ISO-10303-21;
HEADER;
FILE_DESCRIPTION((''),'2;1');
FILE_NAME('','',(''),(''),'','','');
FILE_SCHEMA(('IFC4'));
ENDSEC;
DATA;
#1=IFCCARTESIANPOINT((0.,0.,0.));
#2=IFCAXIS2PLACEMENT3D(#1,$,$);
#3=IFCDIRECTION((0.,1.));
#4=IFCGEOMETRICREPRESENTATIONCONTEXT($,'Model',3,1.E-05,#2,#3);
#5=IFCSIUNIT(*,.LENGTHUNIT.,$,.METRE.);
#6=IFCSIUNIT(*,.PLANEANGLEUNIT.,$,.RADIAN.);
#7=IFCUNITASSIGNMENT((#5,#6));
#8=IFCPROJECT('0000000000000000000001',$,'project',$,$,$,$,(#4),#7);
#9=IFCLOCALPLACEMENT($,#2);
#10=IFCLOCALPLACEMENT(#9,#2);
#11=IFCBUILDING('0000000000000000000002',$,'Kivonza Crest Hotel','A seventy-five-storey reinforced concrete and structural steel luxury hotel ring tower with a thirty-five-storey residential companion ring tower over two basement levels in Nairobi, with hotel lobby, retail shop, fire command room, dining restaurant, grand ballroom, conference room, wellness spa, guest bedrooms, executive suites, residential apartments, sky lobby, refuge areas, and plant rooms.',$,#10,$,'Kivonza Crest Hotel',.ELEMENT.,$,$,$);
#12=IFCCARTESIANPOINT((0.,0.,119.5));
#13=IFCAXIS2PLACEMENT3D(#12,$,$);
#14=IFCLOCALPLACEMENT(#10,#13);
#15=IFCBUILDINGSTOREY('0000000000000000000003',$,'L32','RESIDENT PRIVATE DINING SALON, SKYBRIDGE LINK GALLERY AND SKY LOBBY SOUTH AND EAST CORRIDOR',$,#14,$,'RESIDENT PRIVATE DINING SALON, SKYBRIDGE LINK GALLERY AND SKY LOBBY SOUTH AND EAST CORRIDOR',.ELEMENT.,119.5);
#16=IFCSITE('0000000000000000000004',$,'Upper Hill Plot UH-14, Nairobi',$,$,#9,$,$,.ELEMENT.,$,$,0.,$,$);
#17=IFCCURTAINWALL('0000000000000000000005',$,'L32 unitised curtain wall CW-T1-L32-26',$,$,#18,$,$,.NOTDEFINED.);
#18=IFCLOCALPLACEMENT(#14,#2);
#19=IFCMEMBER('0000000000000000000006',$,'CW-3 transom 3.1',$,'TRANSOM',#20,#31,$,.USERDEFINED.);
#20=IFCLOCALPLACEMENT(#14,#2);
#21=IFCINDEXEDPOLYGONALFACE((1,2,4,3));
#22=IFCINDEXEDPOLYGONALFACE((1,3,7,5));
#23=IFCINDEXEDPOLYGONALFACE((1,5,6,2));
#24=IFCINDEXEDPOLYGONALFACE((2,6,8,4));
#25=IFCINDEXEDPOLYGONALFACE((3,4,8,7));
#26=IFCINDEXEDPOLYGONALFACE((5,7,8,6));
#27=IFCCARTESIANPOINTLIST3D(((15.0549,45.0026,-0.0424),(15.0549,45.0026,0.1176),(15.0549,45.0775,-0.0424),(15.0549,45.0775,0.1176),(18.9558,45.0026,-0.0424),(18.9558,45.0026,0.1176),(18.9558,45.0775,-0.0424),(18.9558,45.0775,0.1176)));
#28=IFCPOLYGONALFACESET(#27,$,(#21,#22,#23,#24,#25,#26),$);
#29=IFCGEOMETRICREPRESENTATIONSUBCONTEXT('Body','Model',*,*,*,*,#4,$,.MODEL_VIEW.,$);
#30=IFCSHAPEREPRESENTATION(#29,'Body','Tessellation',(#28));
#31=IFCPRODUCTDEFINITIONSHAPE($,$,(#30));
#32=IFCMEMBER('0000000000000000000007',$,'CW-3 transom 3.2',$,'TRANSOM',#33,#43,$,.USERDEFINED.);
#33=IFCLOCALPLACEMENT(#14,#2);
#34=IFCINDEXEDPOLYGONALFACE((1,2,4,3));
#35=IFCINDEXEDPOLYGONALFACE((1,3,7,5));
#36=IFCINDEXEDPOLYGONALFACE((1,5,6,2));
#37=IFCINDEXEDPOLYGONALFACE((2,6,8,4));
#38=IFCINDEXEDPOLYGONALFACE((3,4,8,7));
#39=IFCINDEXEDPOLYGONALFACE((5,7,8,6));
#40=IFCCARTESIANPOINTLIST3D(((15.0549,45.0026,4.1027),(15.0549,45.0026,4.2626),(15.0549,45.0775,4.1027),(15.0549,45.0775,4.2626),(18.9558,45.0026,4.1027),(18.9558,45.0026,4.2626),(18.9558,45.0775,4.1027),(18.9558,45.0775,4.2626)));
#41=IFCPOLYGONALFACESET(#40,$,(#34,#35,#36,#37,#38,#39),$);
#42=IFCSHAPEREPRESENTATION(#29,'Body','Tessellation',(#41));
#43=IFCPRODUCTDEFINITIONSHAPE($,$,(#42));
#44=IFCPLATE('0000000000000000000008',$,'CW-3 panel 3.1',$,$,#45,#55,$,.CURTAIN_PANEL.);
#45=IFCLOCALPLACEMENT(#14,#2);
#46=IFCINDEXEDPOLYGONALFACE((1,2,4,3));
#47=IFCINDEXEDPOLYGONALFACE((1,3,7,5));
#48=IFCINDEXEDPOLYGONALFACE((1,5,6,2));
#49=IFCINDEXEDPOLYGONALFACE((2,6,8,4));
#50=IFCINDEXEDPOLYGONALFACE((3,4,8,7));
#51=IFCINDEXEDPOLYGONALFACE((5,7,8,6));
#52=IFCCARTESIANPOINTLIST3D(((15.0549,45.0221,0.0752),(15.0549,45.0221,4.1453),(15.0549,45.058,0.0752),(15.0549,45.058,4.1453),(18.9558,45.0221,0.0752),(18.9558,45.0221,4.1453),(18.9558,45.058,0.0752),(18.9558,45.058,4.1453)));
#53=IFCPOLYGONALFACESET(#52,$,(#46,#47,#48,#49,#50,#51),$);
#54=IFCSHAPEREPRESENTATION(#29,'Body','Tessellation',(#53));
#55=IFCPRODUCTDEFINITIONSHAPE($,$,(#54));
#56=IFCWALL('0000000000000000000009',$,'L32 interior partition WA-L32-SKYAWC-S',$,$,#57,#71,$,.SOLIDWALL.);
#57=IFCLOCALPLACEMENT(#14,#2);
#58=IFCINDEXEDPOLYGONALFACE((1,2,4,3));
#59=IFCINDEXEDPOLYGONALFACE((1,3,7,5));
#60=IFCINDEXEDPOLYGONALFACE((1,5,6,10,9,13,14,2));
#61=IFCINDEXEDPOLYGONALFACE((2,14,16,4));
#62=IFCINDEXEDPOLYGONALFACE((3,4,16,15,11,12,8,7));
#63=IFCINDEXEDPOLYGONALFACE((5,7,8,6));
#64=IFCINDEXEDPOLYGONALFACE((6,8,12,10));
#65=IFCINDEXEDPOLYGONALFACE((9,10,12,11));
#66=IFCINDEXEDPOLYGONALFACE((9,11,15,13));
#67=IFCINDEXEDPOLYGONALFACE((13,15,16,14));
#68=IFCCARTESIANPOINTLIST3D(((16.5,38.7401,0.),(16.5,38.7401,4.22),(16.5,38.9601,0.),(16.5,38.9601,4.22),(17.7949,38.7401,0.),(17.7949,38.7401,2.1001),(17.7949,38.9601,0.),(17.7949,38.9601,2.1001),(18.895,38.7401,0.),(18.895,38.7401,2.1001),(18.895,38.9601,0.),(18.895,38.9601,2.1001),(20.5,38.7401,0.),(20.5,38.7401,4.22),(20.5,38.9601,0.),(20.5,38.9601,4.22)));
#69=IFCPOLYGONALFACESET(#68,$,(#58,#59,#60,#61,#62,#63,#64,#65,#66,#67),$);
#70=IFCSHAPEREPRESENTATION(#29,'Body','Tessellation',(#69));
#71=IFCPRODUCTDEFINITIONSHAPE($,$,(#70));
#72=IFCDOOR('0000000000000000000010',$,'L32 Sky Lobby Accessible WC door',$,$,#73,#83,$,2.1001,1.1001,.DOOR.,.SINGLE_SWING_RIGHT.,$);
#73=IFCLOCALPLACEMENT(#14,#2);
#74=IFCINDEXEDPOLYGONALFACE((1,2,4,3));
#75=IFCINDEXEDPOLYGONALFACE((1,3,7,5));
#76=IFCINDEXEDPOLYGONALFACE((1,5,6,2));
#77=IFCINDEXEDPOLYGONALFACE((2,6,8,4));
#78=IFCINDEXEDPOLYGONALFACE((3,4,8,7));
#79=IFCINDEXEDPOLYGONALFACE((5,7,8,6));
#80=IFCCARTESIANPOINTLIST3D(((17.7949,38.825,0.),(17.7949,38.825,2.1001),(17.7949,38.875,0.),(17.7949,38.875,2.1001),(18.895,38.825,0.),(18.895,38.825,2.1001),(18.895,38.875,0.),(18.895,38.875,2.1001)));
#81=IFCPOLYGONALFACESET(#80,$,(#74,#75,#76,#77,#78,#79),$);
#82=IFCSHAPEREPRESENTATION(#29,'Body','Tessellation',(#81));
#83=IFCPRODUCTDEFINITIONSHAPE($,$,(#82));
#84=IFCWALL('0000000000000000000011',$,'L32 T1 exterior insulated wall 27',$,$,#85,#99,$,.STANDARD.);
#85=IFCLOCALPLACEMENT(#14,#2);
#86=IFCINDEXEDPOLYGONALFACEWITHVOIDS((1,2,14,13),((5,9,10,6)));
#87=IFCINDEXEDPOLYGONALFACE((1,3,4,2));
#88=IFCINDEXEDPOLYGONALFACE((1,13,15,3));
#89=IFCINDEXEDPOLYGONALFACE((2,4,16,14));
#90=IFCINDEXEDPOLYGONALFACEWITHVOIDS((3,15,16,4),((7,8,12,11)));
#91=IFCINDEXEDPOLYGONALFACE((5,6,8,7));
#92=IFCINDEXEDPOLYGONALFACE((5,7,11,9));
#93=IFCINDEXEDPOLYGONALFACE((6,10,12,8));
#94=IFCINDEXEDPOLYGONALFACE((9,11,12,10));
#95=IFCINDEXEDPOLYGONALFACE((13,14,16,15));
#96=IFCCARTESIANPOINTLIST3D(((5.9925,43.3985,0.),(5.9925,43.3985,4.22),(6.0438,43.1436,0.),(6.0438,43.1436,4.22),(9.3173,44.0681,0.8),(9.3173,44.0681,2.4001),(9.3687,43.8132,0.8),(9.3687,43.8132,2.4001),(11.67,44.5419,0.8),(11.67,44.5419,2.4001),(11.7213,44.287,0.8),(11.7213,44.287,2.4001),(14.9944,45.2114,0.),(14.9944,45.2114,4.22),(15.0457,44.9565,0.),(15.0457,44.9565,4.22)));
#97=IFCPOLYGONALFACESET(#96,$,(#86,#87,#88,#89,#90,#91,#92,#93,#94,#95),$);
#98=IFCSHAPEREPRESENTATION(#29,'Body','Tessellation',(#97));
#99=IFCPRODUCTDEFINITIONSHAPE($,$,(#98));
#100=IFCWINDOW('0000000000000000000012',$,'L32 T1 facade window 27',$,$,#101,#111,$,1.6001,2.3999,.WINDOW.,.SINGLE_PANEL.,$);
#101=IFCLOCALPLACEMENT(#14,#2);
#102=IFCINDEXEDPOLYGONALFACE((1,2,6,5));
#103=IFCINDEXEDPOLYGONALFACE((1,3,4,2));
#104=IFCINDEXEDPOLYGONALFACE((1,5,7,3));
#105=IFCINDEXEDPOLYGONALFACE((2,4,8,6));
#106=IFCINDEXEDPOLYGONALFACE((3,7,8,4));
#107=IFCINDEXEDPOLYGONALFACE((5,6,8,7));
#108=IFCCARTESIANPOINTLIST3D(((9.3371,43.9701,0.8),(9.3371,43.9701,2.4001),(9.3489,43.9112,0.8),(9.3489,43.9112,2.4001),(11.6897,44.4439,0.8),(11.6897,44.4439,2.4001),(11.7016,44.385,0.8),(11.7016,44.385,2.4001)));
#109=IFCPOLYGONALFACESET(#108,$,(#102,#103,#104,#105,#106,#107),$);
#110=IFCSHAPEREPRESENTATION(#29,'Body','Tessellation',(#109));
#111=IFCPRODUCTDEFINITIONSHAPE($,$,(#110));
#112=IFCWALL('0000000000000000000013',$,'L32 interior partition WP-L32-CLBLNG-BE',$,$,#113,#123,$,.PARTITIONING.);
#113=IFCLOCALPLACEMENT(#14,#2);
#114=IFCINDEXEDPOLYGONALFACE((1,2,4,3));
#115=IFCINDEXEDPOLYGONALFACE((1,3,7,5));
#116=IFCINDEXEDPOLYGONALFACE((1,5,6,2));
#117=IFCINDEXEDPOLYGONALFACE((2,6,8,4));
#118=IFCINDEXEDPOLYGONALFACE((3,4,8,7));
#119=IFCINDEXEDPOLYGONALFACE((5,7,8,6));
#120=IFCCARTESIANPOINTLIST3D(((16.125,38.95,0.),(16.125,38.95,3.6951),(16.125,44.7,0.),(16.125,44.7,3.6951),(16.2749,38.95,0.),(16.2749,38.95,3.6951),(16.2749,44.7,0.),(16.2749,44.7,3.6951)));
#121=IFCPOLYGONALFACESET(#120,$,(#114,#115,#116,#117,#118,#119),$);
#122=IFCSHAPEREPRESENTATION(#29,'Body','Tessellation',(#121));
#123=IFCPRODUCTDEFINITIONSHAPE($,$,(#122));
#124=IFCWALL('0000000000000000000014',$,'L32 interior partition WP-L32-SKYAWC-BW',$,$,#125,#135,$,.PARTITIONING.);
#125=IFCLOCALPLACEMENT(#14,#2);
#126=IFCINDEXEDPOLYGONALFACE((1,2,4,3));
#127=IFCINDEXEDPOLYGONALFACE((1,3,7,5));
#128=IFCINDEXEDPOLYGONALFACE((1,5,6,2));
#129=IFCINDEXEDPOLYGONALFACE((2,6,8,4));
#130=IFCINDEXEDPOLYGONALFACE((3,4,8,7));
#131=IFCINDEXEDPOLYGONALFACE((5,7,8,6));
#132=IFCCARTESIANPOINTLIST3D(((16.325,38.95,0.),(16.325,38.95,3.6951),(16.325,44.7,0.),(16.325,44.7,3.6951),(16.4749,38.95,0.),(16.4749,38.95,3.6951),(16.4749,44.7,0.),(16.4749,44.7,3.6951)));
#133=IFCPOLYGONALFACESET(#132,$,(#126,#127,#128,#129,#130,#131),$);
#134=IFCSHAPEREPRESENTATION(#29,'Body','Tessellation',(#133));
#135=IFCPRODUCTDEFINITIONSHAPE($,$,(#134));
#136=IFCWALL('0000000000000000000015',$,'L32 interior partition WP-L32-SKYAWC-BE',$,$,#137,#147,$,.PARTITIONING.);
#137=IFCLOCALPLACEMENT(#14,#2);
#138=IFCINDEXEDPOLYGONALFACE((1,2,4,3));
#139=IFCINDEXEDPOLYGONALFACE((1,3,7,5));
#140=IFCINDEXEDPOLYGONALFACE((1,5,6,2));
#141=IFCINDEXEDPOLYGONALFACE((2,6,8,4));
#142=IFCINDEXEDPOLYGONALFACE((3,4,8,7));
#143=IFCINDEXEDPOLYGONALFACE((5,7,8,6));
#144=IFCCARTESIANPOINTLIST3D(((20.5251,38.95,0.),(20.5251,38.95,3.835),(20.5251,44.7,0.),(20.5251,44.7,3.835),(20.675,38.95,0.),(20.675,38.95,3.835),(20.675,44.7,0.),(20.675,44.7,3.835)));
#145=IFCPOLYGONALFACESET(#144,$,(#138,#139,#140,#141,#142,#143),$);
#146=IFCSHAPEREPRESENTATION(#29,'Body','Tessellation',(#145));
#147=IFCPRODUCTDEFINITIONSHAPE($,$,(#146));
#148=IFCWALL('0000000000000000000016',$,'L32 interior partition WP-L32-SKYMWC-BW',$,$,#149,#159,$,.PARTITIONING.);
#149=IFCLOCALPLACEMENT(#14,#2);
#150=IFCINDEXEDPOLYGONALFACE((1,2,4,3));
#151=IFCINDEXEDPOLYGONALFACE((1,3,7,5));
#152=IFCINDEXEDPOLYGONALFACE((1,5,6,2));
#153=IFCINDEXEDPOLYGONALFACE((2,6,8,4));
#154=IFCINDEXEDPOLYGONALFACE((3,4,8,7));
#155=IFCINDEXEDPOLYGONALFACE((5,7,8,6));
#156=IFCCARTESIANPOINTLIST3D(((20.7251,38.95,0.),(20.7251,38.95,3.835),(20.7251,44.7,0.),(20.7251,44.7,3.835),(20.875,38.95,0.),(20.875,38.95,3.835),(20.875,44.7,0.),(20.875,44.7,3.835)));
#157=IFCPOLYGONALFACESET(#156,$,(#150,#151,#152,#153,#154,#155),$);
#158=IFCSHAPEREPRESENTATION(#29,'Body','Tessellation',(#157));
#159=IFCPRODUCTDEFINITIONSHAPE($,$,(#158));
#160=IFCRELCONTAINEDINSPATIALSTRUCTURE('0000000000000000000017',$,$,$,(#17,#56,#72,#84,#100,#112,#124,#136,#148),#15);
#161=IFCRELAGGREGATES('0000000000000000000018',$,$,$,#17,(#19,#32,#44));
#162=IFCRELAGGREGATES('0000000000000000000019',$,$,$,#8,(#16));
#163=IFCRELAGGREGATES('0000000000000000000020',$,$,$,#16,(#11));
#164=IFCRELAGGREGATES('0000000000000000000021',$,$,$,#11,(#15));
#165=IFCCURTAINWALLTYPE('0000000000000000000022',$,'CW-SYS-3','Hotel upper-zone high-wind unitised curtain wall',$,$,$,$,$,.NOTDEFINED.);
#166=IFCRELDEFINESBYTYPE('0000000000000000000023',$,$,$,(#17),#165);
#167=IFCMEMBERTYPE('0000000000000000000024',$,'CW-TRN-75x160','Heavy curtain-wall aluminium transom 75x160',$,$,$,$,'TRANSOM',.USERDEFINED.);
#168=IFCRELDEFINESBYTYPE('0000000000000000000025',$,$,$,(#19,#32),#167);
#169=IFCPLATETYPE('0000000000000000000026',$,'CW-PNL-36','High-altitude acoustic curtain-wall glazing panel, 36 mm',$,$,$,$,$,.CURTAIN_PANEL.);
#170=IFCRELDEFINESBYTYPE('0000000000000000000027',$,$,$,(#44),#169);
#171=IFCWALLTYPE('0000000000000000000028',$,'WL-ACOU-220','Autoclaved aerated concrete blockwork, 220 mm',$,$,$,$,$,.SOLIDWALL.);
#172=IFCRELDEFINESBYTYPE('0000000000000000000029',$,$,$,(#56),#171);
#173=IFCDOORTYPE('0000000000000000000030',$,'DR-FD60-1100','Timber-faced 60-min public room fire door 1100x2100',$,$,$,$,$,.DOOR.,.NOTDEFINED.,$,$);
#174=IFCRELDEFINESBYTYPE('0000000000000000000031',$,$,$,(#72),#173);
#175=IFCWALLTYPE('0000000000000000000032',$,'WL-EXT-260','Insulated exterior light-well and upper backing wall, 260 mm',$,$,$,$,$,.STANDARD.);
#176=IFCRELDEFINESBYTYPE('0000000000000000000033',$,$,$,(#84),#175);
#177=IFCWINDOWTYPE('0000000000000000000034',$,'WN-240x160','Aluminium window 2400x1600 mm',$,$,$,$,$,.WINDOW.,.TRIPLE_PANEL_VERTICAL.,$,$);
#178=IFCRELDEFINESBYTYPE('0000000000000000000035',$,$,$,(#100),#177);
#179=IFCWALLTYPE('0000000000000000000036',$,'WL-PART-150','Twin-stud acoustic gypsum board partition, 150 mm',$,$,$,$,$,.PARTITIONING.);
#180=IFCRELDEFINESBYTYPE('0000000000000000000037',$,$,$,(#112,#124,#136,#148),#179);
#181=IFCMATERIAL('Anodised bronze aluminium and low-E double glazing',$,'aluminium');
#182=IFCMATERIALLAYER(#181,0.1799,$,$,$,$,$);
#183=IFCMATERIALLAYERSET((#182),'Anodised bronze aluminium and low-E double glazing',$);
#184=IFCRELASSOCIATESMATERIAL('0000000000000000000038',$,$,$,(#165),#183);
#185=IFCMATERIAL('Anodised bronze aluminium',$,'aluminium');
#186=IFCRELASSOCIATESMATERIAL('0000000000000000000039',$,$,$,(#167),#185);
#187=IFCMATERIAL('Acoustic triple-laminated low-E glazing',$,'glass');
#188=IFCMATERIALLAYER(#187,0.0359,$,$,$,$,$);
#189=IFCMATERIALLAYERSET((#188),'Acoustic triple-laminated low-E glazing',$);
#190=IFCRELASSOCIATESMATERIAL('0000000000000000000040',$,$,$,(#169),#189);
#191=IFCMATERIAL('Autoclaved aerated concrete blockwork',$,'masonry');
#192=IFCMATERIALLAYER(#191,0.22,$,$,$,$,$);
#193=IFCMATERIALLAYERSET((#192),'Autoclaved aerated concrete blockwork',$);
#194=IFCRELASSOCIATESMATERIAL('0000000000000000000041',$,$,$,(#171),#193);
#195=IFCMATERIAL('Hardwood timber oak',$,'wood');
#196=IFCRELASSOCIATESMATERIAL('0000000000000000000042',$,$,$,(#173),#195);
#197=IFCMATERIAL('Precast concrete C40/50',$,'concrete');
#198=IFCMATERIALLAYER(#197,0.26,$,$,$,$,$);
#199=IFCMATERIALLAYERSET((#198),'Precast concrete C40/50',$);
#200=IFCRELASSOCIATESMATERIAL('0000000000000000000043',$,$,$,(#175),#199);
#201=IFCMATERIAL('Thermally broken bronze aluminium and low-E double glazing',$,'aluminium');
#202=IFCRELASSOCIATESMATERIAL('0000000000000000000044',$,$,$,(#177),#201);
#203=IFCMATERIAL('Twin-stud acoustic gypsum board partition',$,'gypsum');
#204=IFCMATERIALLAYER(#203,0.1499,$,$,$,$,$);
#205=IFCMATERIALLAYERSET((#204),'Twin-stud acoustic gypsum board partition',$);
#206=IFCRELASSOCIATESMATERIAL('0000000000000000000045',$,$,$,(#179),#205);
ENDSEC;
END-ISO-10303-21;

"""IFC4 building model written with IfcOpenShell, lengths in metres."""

from ifc_helpers import new_model, si_unit, direction, frame, frame_2d, origin, origin_2d, place, context, subcontext, project, spatial, rectangle, extrude, material, layer, layer_set, material_profile, profile_set, type_object, element, fill, aggregate, save


model = new_model("IFC4")

# Units and contexts
model_context = context("Model", 3, precision=1e-05, world=origin(), true_north=direction((0.0, 1.0)))
body_context = subcontext(model_context, "Body", "Model", "MODEL_VIEW")
ifc_project = project(units=[si_unit("LENGTHUNIT", "METRE"), si_unit("PLANEANGLEUNIT", "RADIAN")], contexts=[model_context])

# Site, building, storey
site_placement = place(None, origin())
site = spatial("IfcSite", under=ifc_project, at=site_placement, Name="Upper Hill Plot UH-14, Nairobi", CompositionType="ELEMENT", RefElevation=0.0)
building_placement = place(site_placement, origin())
building = spatial("IfcBuilding", under=site, at=building_placement, Name="Kivonza Crest Hotel", Description="A seventy-five-storey reinforced concrete and structural steel luxury hotel ring tower with a thirty-five-storey residential companion ring tower over two basement levels in Nairobi, with hotel lobby, retail shop, fire command room, dining restaurant, grand ballroom, conference room, wellness spa, guest bedrooms, executive suites, residential apartments, sky lobby, refuge areas, and plant rooms.", LongName="Kivonza Crest Hotel", CompositionType="ELEMENT")
storey_placement = place(building_placement, frame((0.0, 0.0, 119.5)))
storey = spatial("IfcBuildingStorey", under=building, at=storey_placement, Name="L32", Description="RESIDENT PRIVATE DINING SALON, SKYBRIDGE LINK GALLERY AND SKY LOBBY SOUTH AND EAST CORRIDOR", LongName="RESIDENT PRIVATE DINING SALON, SKYBRIDGE LINK GALLERY AND SKY LOBBY SOUTH AND EAST CORRIDOR", CompositionType="ELEMENT", Elevation=119.5)

# Curtain wall, members, plate
ifc_material_1 = material(Name="Anodised bronze aluminium and low-E double glazing", Category="aluminium")
ifc_layer_1 = layer(ifc_material_1, 0.1799)
ifc_layer_set_1 = layer_set([ifc_layer_1], Name="Anodised bronze aluminium and low-E double glazing")
curtain_wall_type = type_object("IfcCurtainWallType", Name="CW-SYS-3", Description="Hotel upper-zone high-wind unitised curtain wall", PredefinedType="NOTDEFINED", material=ifc_layer_set_1)
curtain_wall_placement = place(storey_placement, origin())
curtain_wall = element("IfcCurtainWall", 1, at=curtain_wall_placement, inside=storey, type_object=curtain_wall_type, Name="L32 unitised curtain wall CW-T1-L32-26", PredefinedType="NOTDEFINED")
ifc_material_2 = material(Name="Anodised bronze aluminium", Category="aluminium")
ifc_material_profile_1 = material_profile(ifc_material_2, rectangle(XDim=0.075, YDim=0.1599, at=origin_2d()), Name="CW-T 75x160")
ifc_profile_set_1 = profile_set([ifc_material_profile_1], Name="Anodised bronze aluminium")
member_type_1 = type_object("IfcMemberType", Name="CW-TRN-75x160", Description="Heavy curtain-wall aluminium transom 75x160", ElementType="TRANSOM", PredefinedType="USERDEFINED", material=ifc_profile_set_1)
member_1_placement = place(storey_placement, frame((18.9558, 45.04, 0.0376), z_axis=(-1.0, 0.0, 0.0), x_axis=(0.0, -1.0, 0.0)))
member_1 = element("IfcMember", 2, at=member_1_placement, type_object=member_type_1, Name="CW-3 transom 3.1", ObjectType="TRANSOM", PredefinedType="USERDEFINED", context=body_context, shape_type="SweptSolid", body=[
    extrude(rectangle(XDim=0.075, YDim=0.1599, at=origin_2d()), origin(), (0.0, 0.0, 1.0), 3.9009),
])
member_2_placement = place(storey_placement, frame((18.9558, 45.04, 4.1826), z_axis=(-1.0, 0.0, 0.0), x_axis=(0.0, -1.0, 0.0)))
member_2 = element("IfcMember", 3, at=member_2_placement, type_object=member_type_1, Name="CW-3 transom 3.2", ObjectType="TRANSOM", PredefinedType="USERDEFINED", context=body_context, shape_type="SweptSolid", body=[
    extrude(rectangle(XDim=0.075, YDim=0.1599, at=origin_2d()), origin(), (0.0, 0.0, 1.0), 3.9009),
])
ifc_material_3 = material(Name="Acoustic triple-laminated low-E glazing", Category="glass")
ifc_layer_2 = layer(ifc_material_3, 0.0359)
ifc_layer_set_2 = layer_set([ifc_layer_2], Name="Acoustic triple-laminated low-E glazing")
plate_type = type_object("IfcPlateType", Name="CW-PNL-36", Description="High-altitude acoustic curtain-wall glazing panel, 36 mm", PredefinedType="CURTAIN_PANEL", material=ifc_layer_set_2)
plate_placement = place(storey_placement, frame((17.0054, 45.04, 0.0752), z_axis=(0.0, 0.0, 1.0), x_axis=(-1.0, 0.0, 0.0)))
plate = element("IfcPlate", 4, at=plate_placement, type_object=plate_type, Name="CW-3 panel 3.1", PredefinedType="CURTAIN_PANEL", context=body_context, shape_type="SweptSolid", body=[
    extrude(rectangle(XDim=3.9009, YDim=0.0359, at=origin_2d()), origin(), (0.0, 0.0, 1.0), 4.0701),
])
aggregate(curtain_wall, [member_1, member_2, plate])

# Wall, opening, door
ifc_material_4 = material(Name="Autoclaved aerated concrete blockwork", Category="masonry")
ifc_layer_3 = layer(ifc_material_4, 0.22)
ifc_layer_set_3 = layer_set([ifc_layer_3], Name="Autoclaved aerated concrete blockwork")
wall_type_1 = type_object("IfcWallType", Name="WL-ACOU-220", Description="Autoclaved aerated concrete blockwork, 220 mm", PredefinedType="SOLIDWALL", material=ifc_layer_set_3)
wall_1_placement = place(storey_placement, frame((16.5, 38.8501, 0.0), z_axis=(0.0, 0.0, 1.0), x_axis=(1.0, 0.0, 0.0)))
wall_1 = element("IfcWall", 5, at=wall_1_placement, inside=storey, type_object=wall_type_1, Name="L32 interior partition WA-L32-SKYAWC-S", PredefinedType="SOLIDWALL", context=body_context, shape_type="SweptSolid", body=[
    extrude(rectangle(XDim=4.0, YDim=0.22, at=frame_2d((2.0, 0.0))), origin(), (0.0, 0.0, 1.0), 4.22),
])
opening_1_placement = place(wall_1_placement, frame((1.2949, 0.0, 0.0)))
opening_1 = element("IfcOpeningElement", 6, at=opening_1_placement, cuts=wall_1, PredefinedType="OPENING", context=body_context, shape_type="SweptSolid", body=[
    extrude(rectangle(XDim=1.1001, YDim=2.1001, at=frame_2d((0.55, 1.05))), frame((0.0, 0.1201, 0.0), z_axis=(0.0, -1.0, 0.0), x_axis=(1.0, 0.0, 0.0)), (0.0, 0.0, 1.0), 0.24),
])
ifc_material_5 = material(Name="Hardwood timber oak", Category="wood")
door_type = type_object("IfcDoorType", Name="DR-FD60-1100", Description="Timber-faced 60-min public room fire door 1100x2100", OperationType="NOTDEFINED", PredefinedType="DOOR", material=ifc_material_5)
door_placement = place(opening_1_placement, origin())
door = element("IfcDoor", 7, at=door_placement, inside=storey, type_object=door_type, Name="L32 Sky Lobby Accessible WC door", OperationType="SINGLE_SWING_RIGHT", OverallHeight=2.1001, OverallWidth=1.1001, PredefinedType="DOOR", context=body_context, shape_type="SweptSolid", body=[
    extrude(rectangle(XDim=1.1001, YDim=2.1001, at=frame_2d((0.55, 1.05))), frame((0.0, 0.0249, 0.0), z_axis=(0.0, -1.0, 0.0), x_axis=(1.0, 0.0, 0.0)), (0.0, 0.0, 1.0), 0.05),
])
fill(opening_1, door)

# Wall, opening, window
ifc_material_6 = material(Name="Precast concrete C40/50", Category="concrete")
ifc_layer_4 = layer(ifc_material_6, 0.26)
ifc_layer_set_4 = layer_set([ifc_layer_4], Name="Precast concrete C40/50")
wall_type_2 = type_object("IfcWallType", Name="WL-EXT-260", Description="Insulated exterior light-well and upper backing wall, 260 mm", PredefinedType="STANDARD", material=ifc_layer_set_4)
wall_2_placement = place(storey_placement, frame((15.02, 45.084, 0.0), z_axis=(0.0, 0.0, 1.0), x_axis=(-0.980316, -0.197435, 0.0)))
wall_2 = element("IfcWall", 8, at=wall_2_placement, inside=storey, type_object=wall_type_2, Name="L32 T1 exterior insulated wall 27", PredefinedType="STANDARD", context=body_context, shape_type="SweptSolid", body=[
    extrude(rectangle(XDim=9.1826, YDim=0.26, at=frame_2d((4.5913, 0.0))), origin(), (0.0, 0.0, 1.0), 4.22),
])
opening_2_placement = place(wall_2_placement, frame((3.3911, 0.0, 0.8)))
opening_2 = element("IfcOpeningElement", 9, at=opening_2_placement, cuts=wall_2, PredefinedType="OPENING", context=body_context, shape_type="SweptSolid", body=[
    extrude(rectangle(XDim=2.3999, YDim=1.6001, at=frame_2d((1.2, 0.8))), frame((0.0, 0.1401, 0.0), z_axis=(0.0, -1.0, 0.0), x_axis=(1.0, 0.0, 0.0)), (0.0, 0.0, 1.0), 0.28),
])
ifc_material_7 = material(Name="Thermally broken bronze aluminium and low-E double glazing", Category="aluminium")
window_type = type_object("IfcWindowType", Name="WN-240x160", Description="Aluminium window 2400x1600 mm", PartitioningType="TRIPLE_PANEL_VERTICAL", PredefinedType="WINDOW", material=ifc_material_7)
window_placement = place(opening_2_placement, origin())
window = element("IfcWindow", 10, at=window_placement, inside=storey, type_object=window_type, Name="L32 T1 facade window 27", OverallHeight=1.6001, OverallWidth=2.3999, PartitioningType="SINGLE_PANEL", PredefinedType="WINDOW", context=body_context, shape_type="SweptSolid", body=[
    extrude(rectangle(XDim=2.3999, YDim=1.6001, at=frame_2d((1.2, 0.8))), frame((0.0, 0.03, 0.0), z_axis=(0.0, -1.0, 0.0), x_axis=(1.0, 0.0, 0.0)), (0.0, 0.0, 1.0), 0.0601),
])
fill(opening_2, window)

# Walls
ifc_material_8 = material(Name="Twin-stud acoustic gypsum board partition", Category="gypsum")
ifc_layer_5 = layer(ifc_material_8, 0.1499)
ifc_layer_set_5 = layer_set([ifc_layer_5], Name="Twin-stud acoustic gypsum board partition")
wall_type_3 = type_object("IfcWallType", Name="WL-PART-150", Description="Twin-stud acoustic gypsum board partition, 150 mm", PredefinedType="PARTITIONING", material=ifc_layer_set_5)
for number, where, z_axis, x_axis, name in (
    (11, (16.2, 38.95, 0.0), (0.0, 0.0, 1.0), (0.0, 1.0, 0.0), "L32 interior partition WP-L32-CLBLNG-BE"),
    (12, (16.3999, 38.95, 0.0), (0.0, 0.0, 1.0), (0.0, 1.0, 0.0), "L32 interior partition WP-L32-SKYAWC-BW"),
):
    element("IfcWall", number, at=place(storey_placement, frame(where, z_axis=z_axis, x_axis=x_axis)), inside=storey, type_object=wall_type_3, Name=name, PredefinedType="PARTITIONING", context=body_context, shape_type="SweptSolid", body=[
        extrude(rectangle(XDim=5.75, YDim=0.1499, at=frame_2d((2.875, 0.0))), origin(), (0.0, 0.0, 1.0), 3.6951),
    ])
for number, where, z_axis, x_axis, name in (
    (13, (20.6001, 38.95, 0.0), (0.0, 0.0, 1.0), (0.0, 1.0, 0.0), "L32 interior partition WP-L32-SKYAWC-BE"),
    (14, (20.8, 38.95, 0.0), (0.0, 0.0, 1.0), (0.0, 1.0, 0.0), "L32 interior partition WP-L32-SKYMWC-BW"),
):
    element("IfcWall", number, at=place(storey_placement, frame(where, z_axis=z_axis, x_axis=x_axis)), inside=storey, type_object=wall_type_3, Name=name, PredefinedType="PARTITIONING", context=body_context, shape_type="SweptSolid", body=[
        extrude(rectangle(XDim=5.75, YDim=0.1499, at=frame_2d((2.875, 0.0))), origin(), (0.0, 0.0, 1.0), 3.835),
    ])

save(model, "model.ifc")
